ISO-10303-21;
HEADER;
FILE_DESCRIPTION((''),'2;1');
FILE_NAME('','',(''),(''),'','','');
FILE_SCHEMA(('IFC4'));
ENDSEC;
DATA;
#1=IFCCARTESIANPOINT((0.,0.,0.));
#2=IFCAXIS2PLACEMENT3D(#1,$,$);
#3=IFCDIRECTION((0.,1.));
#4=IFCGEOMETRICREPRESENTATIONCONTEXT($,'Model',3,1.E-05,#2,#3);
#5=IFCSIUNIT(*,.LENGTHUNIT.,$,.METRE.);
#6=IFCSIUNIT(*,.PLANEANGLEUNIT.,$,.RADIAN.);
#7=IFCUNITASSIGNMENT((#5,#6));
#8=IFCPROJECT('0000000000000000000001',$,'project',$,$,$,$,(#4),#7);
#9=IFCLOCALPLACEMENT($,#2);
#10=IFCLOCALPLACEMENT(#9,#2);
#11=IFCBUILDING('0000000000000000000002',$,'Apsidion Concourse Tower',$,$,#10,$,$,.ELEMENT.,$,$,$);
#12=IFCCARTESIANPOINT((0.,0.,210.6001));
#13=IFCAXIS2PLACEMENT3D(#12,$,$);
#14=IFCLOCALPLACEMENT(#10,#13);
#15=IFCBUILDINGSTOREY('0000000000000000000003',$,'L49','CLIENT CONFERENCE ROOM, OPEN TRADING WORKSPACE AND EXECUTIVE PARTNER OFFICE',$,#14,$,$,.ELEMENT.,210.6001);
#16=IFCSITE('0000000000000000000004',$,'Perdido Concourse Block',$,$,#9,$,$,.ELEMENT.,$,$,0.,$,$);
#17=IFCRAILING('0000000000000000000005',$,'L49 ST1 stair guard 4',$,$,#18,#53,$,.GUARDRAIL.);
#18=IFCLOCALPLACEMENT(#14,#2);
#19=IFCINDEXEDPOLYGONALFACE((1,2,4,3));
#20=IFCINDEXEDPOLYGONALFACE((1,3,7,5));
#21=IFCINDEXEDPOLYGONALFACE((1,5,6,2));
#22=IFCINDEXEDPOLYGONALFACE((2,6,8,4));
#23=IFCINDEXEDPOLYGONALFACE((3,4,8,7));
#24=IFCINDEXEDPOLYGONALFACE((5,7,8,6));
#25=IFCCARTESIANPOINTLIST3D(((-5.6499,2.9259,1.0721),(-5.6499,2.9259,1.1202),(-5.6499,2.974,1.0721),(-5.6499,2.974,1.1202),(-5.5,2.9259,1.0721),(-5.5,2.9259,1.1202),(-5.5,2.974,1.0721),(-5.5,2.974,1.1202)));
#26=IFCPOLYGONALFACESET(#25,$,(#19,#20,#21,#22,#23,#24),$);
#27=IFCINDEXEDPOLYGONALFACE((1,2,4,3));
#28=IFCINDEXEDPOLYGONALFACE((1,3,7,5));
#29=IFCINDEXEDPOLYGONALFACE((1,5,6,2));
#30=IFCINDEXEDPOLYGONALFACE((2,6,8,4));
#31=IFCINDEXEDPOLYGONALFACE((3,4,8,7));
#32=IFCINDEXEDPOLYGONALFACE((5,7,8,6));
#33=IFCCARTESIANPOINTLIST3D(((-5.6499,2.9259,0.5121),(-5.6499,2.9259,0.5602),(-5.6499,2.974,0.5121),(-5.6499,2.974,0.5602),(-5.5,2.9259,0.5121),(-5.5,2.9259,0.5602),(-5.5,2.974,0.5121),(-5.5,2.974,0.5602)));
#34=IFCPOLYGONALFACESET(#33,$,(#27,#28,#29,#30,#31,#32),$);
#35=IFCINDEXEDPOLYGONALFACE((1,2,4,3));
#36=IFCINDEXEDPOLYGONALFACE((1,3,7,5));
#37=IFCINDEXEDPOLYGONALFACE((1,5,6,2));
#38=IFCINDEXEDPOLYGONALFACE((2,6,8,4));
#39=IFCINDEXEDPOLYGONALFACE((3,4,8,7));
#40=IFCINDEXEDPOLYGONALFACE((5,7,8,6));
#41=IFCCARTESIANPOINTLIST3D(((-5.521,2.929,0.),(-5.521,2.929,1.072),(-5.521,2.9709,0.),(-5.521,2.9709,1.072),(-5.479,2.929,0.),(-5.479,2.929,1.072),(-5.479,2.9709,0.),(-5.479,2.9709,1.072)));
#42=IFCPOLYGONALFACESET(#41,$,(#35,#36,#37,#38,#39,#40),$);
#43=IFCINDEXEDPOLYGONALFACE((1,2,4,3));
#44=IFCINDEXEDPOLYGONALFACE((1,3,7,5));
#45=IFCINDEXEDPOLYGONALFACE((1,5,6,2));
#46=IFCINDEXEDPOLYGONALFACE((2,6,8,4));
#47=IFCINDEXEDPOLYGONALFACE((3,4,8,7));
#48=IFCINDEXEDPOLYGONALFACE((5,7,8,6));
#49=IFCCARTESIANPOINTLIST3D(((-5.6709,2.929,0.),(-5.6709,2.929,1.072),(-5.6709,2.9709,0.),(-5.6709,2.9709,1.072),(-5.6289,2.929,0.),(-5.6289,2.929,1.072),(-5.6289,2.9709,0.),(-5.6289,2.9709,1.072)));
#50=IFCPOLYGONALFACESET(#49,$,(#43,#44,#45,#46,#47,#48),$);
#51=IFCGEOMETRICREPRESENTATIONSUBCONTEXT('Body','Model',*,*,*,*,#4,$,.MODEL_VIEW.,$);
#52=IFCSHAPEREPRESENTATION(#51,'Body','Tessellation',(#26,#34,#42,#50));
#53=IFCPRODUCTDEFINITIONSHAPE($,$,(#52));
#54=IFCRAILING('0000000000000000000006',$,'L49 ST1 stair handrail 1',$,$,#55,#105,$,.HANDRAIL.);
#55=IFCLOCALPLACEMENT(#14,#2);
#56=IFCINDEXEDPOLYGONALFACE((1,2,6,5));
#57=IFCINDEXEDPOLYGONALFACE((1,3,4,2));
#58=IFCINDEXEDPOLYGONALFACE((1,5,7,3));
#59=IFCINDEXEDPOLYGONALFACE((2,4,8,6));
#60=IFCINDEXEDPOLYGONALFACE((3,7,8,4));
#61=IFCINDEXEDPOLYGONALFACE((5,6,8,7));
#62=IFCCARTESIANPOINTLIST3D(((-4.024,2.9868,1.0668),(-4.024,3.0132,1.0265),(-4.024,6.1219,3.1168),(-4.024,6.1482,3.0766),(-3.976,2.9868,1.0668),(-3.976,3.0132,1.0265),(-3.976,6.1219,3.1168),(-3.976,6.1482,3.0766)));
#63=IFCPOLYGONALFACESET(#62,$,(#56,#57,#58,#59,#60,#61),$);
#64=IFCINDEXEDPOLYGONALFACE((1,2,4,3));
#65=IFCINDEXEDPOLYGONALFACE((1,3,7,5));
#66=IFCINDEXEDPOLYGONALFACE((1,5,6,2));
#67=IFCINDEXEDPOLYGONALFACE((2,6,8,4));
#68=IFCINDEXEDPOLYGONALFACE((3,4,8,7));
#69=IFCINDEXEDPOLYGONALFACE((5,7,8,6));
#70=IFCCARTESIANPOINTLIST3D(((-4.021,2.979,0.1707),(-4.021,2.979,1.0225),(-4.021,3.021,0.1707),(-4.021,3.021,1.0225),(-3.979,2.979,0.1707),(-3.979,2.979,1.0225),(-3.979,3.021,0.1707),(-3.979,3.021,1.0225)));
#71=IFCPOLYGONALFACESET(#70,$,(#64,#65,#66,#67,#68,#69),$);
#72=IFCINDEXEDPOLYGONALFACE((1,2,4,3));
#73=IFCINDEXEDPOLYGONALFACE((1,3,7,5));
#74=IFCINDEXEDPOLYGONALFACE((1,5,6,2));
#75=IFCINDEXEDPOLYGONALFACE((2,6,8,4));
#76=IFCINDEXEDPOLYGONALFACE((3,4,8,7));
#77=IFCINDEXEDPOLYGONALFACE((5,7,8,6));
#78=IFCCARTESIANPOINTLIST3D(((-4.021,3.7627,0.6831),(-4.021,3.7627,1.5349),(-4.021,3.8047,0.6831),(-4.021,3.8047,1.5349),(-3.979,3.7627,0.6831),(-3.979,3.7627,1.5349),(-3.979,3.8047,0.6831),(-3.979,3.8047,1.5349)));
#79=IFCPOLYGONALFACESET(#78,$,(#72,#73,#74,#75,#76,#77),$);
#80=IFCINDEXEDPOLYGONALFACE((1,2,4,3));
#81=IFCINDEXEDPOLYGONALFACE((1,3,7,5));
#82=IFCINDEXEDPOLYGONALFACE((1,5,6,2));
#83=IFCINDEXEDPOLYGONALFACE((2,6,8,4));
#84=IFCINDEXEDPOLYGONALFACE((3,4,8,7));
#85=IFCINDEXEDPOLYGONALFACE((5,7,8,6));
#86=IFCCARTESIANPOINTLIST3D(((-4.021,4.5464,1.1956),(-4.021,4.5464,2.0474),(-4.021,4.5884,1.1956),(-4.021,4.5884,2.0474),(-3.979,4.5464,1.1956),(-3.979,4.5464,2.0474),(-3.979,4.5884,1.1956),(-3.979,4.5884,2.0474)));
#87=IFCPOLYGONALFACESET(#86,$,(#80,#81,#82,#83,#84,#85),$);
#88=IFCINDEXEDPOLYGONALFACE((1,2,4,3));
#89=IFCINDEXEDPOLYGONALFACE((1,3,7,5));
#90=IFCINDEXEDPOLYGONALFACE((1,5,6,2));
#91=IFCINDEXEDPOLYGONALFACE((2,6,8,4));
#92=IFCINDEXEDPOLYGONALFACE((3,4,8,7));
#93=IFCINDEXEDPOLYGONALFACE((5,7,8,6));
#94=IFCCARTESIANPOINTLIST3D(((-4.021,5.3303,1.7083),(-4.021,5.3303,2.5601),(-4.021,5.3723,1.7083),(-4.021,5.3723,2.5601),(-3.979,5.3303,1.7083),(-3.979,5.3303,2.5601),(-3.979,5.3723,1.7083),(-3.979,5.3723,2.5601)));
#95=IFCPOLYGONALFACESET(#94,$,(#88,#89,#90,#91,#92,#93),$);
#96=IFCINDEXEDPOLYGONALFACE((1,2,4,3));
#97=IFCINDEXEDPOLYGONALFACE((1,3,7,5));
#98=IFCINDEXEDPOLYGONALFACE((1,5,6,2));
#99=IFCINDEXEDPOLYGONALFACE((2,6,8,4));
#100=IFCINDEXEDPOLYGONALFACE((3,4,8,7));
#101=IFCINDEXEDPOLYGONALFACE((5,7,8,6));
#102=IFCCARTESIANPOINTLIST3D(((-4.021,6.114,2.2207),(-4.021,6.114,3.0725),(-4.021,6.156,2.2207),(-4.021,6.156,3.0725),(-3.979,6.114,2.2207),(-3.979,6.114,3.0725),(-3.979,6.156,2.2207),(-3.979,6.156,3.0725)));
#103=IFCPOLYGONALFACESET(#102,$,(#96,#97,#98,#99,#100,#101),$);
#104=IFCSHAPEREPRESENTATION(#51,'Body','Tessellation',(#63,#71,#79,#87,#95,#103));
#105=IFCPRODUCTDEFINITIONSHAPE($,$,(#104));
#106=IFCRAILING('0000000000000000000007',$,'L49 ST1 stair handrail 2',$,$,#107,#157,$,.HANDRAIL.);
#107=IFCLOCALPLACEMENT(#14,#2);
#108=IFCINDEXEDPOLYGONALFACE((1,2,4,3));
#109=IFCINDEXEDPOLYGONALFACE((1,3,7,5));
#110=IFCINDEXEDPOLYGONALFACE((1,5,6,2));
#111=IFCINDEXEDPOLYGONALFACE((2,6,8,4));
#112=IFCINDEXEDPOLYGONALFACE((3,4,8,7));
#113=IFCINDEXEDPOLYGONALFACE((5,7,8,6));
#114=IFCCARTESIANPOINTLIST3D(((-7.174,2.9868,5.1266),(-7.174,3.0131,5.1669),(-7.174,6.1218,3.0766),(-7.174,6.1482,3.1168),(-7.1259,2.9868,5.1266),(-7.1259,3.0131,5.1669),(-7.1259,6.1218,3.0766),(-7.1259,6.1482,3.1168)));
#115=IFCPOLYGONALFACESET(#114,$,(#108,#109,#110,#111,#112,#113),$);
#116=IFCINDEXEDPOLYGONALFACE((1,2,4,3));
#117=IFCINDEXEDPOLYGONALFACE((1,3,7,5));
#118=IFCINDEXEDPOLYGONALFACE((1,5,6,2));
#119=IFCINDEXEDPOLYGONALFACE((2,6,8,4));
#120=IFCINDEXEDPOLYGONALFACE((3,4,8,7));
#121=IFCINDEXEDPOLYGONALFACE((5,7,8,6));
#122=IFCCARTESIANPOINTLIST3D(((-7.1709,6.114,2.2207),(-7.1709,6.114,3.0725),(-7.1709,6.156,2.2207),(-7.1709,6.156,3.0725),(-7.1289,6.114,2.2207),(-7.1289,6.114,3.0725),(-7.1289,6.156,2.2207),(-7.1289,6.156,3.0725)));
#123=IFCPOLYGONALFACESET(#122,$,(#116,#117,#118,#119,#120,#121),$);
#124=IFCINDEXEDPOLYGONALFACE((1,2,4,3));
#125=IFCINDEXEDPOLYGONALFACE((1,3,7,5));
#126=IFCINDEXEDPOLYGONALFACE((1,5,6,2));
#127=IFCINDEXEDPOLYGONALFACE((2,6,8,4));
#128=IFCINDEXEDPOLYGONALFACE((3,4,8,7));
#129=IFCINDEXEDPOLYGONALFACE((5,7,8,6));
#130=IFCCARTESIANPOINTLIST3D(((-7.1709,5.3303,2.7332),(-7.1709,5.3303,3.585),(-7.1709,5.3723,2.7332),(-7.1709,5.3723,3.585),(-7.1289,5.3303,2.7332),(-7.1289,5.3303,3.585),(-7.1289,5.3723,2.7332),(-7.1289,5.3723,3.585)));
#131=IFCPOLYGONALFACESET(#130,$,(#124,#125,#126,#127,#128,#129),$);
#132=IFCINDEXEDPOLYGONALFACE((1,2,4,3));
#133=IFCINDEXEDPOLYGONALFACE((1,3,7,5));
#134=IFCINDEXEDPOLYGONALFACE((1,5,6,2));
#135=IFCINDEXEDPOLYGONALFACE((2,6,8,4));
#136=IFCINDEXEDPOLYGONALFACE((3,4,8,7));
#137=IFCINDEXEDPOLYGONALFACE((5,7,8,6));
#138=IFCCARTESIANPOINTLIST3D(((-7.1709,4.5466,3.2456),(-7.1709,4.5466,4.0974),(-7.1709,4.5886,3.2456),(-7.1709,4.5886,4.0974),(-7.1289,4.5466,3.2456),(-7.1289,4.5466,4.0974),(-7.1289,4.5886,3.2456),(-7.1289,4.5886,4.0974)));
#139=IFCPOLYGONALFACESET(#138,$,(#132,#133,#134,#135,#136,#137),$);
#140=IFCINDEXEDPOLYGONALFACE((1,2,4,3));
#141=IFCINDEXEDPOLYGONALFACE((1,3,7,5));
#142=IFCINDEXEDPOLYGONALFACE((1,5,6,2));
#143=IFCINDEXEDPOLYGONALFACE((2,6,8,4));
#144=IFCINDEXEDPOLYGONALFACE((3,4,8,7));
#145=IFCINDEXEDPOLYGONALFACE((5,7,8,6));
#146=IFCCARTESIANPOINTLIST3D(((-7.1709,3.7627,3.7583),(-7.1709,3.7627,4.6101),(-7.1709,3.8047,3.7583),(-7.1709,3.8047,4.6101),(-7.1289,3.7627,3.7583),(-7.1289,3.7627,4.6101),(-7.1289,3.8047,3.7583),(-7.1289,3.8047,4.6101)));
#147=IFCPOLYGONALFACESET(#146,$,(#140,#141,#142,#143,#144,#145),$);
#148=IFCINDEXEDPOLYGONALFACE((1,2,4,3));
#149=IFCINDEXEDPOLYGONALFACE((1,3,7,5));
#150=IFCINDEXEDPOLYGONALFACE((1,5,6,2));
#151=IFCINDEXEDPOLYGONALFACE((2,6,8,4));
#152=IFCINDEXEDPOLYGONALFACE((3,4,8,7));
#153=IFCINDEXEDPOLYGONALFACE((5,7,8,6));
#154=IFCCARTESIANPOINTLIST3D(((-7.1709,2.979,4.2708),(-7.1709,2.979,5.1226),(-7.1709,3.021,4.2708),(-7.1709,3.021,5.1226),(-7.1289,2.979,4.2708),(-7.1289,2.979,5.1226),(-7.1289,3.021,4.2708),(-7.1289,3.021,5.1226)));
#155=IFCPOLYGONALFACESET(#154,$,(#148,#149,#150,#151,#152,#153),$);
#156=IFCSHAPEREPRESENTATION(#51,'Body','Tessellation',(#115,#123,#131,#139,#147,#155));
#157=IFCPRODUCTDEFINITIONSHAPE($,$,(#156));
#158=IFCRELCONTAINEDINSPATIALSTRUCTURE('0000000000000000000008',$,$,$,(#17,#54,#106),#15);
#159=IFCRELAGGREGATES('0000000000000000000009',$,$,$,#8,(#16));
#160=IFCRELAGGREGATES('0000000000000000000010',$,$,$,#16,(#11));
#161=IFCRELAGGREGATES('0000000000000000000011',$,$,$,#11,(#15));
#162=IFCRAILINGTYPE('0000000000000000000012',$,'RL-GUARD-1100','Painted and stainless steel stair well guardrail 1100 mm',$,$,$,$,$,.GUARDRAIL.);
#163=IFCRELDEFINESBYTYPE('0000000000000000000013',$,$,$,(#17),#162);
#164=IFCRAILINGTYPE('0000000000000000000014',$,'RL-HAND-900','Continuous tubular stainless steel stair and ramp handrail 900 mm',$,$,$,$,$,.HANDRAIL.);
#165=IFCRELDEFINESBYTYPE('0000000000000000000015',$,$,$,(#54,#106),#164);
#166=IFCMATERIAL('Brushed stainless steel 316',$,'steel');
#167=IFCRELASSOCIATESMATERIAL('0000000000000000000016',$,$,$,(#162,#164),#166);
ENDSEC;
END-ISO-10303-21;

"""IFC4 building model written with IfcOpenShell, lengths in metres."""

from ifc_helpers import new_model, si_unit, direction, frame, origin, origin_2d, place, context, subcontext, project, spatial, rectangle, extrude, material, type_object, element, save


model = new_model("IFC4")

# Units and contexts
model_context = context("Model", 3, precision=1e-05, world=origin(), true_north=direction((0.0, 1.0)))
body_context = subcontext(model_context, "Body", "Model", "MODEL_VIEW")
ifc_project = project(units=[si_unit("LENGTHUNIT", "METRE"), si_unit("PLANEANGLEUNIT", "RADIAN")], contexts=[model_context])

# Site, building, storey
site_placement = place(None, origin())
site = spatial("IfcSite", under=ifc_project, at=site_placement, Name="Perdido Concourse Block", CompositionType="ELEMENT", RefElevation=0.0)
building_placement = place(site_placement, origin())
building = spatial("IfcBuilding", under=site, at=building_placement, Name="Apsidion Concourse Tower", CompositionType="ELEMENT")
storey_placement = place(building_placement, frame((0.0, 0.0, 210.6001)))
storey = spatial("IfcBuildingStorey", under=building, at=storey_placement, Name="L49", Description="CLIENT CONFERENCE ROOM, OPEN TRADING WORKSPACE AND EXECUTIVE PARTNER OFFICE", CompositionType="ELEMENT", Elevation=210.6001)

# Shared definitions
ifc_material_1 = material(Name="Brushed stainless steel 316", Category="steel")

# Railings
railing_type_1 = type_object("IfcRailingType", Name="RL-GUARD-1100", Description="Painted and stainless steel stair well guardrail 1100 mm", PredefinedType="GUARDRAIL", material=ifc_material_1)
railing_1_placement = place(storey_placement, frame((-5.5, 2.95, 0.0)))
element("IfcRailing", 1, at=railing_1_placement, inside=storey, type_object=railing_type_1, Name="L49 ST1 stair guard 4", PredefinedType="GUARDRAIL", context=body_context, shape_type="SweptSolid", body=[
    extrude(rectangle(XDim=0.0481, YDim=0.0481, at=origin_2d()), frame((0.0, 0.0, 1.0962), z_axis=(-1.0, 0.0, 0.0), x_axis=(0.0, -1.0, 0.0)), (0.0, 0.0, 1.0), 0.1499),
    extrude(rectangle(XDim=0.0481, YDim=0.0481, at=origin_2d()), frame((0.0, 0.0, 0.5361), z_axis=(-1.0, 0.0, 0.0), x_axis=(0.0, -1.0, 0.0)), (0.0, 0.0, 1.0), 0.1499),
    extrude(rectangle(XDim=0.042, YDim=0.042, at=origin_2d()), origin(), (0.0, 0.0, 1.0), 1.072),
    extrude(rectangle(XDim=0.042, YDim=0.042, at=origin_2d()), frame((-0.1499, 0.0, 0.0)), (0.0, 0.0, 1.0), 1.072),
])
railing_type_2 = type_object("IfcRailingType", Name="RL-HAND-900", Description="Continuous tubular stainless steel stair and ramp handrail 900 mm", PredefinedType="HANDRAIL", material=ifc_material_1)
railing_2_placement = place(storey_placement, frame((-4.0, 3.0, 0.1707)))
element("IfcRailing", 2, at=railing_2_placement, inside=storey, type_object=railing_type_2, Name="L49 ST1 stair handrail 1", PredefinedType="HANDRAIL", context=body_context, shape_type="SweptSolid", body=[
    extrude(rectangle(XDim=0.0481, YDim=0.0481, at=origin_2d()), frame((0.0, 0.0, 0.876), z_axis=(0.0, 0.836941, 0.547293), x_axis=(-1.0, 0.0, 0.0)), (0.0, 0.0, 1.0), 3.7458),
    extrude(rectangle(XDim=0.042, YDim=0.042, at=origin_2d()), origin(), (0.0, 0.0, 1.0), 0.8518),
    extrude(rectangle(XDim=0.042, YDim=0.042, at=origin_2d()), frame((0.0, 0.7837, 0.5125)), (0.0, 0.0, 1.0), 0.8518),
    extrude(rectangle(XDim=0.042, YDim=0.042, at=origin_2d()), frame((0.0, 1.5674, 1.0249)), (0.0, 0.0, 1.0), 0.8518),
    extrude(rectangle(XDim=0.042, YDim=0.042, at=origin_2d()), frame((0.0, 2.3513, 1.5376)), (0.0, 0.0, 1.0), 0.8518),
    extrude(rectangle(XDim=0.042, YDim=0.042, at=origin_2d()), frame((0.0, 3.135, 2.05)), (0.0, 0.0, 1.0), 0.8518),
])
railing_3_placement = place(storey_placement, frame((-7.1499, 6.135, 2.2207)))
element("IfcRailing", 3, at=railing_3_placement, inside=storey, type_object=railing_type_2, Name="L49 ST1 stair handrail 2", PredefinedType="HANDRAIL", context=body_context, shape_type="SweptSolid", body=[
    extrude(rectangle(XDim=0.0481, YDim=0.0481, at=origin_2d()), frame((0.0, 0.0, 0.876), z_axis=(0.0, -0.836941, 0.547293), x_axis=(1.0, 0.0, 0.0)), (0.0, 0.0, 1.0), 3.7458),
    extrude(rectangle(XDim=0.042, YDim=0.042, at=origin_2d()), origin(), (0.0, 0.0, 1.0), 0.8518),
    extrude(rectangle(XDim=0.042, YDim=0.042, at=origin_2d()), frame((0.0, -0.7837, 0.5125)), (0.0, 0.0, 1.0), 0.8518),
    extrude(rectangle(XDim=0.042, YDim=0.042, at=origin_2d()), frame((0.0, -1.5674, 1.0249)), (0.0, 0.0, 1.0), 0.8518),
    extrude(rectangle(XDim=0.042, YDim=0.042, at=origin_2d()), frame((0.0, -2.3513, 1.5376)), (0.0, 0.0, 1.0), 0.8518),
    extrude(rectangle(XDim=0.042, YDim=0.042, at=origin_2d()), frame((0.0, -3.135, 2.05)), (0.0, 0.0, 1.0), 0.8518),
])

save(model, "model.ifc")
